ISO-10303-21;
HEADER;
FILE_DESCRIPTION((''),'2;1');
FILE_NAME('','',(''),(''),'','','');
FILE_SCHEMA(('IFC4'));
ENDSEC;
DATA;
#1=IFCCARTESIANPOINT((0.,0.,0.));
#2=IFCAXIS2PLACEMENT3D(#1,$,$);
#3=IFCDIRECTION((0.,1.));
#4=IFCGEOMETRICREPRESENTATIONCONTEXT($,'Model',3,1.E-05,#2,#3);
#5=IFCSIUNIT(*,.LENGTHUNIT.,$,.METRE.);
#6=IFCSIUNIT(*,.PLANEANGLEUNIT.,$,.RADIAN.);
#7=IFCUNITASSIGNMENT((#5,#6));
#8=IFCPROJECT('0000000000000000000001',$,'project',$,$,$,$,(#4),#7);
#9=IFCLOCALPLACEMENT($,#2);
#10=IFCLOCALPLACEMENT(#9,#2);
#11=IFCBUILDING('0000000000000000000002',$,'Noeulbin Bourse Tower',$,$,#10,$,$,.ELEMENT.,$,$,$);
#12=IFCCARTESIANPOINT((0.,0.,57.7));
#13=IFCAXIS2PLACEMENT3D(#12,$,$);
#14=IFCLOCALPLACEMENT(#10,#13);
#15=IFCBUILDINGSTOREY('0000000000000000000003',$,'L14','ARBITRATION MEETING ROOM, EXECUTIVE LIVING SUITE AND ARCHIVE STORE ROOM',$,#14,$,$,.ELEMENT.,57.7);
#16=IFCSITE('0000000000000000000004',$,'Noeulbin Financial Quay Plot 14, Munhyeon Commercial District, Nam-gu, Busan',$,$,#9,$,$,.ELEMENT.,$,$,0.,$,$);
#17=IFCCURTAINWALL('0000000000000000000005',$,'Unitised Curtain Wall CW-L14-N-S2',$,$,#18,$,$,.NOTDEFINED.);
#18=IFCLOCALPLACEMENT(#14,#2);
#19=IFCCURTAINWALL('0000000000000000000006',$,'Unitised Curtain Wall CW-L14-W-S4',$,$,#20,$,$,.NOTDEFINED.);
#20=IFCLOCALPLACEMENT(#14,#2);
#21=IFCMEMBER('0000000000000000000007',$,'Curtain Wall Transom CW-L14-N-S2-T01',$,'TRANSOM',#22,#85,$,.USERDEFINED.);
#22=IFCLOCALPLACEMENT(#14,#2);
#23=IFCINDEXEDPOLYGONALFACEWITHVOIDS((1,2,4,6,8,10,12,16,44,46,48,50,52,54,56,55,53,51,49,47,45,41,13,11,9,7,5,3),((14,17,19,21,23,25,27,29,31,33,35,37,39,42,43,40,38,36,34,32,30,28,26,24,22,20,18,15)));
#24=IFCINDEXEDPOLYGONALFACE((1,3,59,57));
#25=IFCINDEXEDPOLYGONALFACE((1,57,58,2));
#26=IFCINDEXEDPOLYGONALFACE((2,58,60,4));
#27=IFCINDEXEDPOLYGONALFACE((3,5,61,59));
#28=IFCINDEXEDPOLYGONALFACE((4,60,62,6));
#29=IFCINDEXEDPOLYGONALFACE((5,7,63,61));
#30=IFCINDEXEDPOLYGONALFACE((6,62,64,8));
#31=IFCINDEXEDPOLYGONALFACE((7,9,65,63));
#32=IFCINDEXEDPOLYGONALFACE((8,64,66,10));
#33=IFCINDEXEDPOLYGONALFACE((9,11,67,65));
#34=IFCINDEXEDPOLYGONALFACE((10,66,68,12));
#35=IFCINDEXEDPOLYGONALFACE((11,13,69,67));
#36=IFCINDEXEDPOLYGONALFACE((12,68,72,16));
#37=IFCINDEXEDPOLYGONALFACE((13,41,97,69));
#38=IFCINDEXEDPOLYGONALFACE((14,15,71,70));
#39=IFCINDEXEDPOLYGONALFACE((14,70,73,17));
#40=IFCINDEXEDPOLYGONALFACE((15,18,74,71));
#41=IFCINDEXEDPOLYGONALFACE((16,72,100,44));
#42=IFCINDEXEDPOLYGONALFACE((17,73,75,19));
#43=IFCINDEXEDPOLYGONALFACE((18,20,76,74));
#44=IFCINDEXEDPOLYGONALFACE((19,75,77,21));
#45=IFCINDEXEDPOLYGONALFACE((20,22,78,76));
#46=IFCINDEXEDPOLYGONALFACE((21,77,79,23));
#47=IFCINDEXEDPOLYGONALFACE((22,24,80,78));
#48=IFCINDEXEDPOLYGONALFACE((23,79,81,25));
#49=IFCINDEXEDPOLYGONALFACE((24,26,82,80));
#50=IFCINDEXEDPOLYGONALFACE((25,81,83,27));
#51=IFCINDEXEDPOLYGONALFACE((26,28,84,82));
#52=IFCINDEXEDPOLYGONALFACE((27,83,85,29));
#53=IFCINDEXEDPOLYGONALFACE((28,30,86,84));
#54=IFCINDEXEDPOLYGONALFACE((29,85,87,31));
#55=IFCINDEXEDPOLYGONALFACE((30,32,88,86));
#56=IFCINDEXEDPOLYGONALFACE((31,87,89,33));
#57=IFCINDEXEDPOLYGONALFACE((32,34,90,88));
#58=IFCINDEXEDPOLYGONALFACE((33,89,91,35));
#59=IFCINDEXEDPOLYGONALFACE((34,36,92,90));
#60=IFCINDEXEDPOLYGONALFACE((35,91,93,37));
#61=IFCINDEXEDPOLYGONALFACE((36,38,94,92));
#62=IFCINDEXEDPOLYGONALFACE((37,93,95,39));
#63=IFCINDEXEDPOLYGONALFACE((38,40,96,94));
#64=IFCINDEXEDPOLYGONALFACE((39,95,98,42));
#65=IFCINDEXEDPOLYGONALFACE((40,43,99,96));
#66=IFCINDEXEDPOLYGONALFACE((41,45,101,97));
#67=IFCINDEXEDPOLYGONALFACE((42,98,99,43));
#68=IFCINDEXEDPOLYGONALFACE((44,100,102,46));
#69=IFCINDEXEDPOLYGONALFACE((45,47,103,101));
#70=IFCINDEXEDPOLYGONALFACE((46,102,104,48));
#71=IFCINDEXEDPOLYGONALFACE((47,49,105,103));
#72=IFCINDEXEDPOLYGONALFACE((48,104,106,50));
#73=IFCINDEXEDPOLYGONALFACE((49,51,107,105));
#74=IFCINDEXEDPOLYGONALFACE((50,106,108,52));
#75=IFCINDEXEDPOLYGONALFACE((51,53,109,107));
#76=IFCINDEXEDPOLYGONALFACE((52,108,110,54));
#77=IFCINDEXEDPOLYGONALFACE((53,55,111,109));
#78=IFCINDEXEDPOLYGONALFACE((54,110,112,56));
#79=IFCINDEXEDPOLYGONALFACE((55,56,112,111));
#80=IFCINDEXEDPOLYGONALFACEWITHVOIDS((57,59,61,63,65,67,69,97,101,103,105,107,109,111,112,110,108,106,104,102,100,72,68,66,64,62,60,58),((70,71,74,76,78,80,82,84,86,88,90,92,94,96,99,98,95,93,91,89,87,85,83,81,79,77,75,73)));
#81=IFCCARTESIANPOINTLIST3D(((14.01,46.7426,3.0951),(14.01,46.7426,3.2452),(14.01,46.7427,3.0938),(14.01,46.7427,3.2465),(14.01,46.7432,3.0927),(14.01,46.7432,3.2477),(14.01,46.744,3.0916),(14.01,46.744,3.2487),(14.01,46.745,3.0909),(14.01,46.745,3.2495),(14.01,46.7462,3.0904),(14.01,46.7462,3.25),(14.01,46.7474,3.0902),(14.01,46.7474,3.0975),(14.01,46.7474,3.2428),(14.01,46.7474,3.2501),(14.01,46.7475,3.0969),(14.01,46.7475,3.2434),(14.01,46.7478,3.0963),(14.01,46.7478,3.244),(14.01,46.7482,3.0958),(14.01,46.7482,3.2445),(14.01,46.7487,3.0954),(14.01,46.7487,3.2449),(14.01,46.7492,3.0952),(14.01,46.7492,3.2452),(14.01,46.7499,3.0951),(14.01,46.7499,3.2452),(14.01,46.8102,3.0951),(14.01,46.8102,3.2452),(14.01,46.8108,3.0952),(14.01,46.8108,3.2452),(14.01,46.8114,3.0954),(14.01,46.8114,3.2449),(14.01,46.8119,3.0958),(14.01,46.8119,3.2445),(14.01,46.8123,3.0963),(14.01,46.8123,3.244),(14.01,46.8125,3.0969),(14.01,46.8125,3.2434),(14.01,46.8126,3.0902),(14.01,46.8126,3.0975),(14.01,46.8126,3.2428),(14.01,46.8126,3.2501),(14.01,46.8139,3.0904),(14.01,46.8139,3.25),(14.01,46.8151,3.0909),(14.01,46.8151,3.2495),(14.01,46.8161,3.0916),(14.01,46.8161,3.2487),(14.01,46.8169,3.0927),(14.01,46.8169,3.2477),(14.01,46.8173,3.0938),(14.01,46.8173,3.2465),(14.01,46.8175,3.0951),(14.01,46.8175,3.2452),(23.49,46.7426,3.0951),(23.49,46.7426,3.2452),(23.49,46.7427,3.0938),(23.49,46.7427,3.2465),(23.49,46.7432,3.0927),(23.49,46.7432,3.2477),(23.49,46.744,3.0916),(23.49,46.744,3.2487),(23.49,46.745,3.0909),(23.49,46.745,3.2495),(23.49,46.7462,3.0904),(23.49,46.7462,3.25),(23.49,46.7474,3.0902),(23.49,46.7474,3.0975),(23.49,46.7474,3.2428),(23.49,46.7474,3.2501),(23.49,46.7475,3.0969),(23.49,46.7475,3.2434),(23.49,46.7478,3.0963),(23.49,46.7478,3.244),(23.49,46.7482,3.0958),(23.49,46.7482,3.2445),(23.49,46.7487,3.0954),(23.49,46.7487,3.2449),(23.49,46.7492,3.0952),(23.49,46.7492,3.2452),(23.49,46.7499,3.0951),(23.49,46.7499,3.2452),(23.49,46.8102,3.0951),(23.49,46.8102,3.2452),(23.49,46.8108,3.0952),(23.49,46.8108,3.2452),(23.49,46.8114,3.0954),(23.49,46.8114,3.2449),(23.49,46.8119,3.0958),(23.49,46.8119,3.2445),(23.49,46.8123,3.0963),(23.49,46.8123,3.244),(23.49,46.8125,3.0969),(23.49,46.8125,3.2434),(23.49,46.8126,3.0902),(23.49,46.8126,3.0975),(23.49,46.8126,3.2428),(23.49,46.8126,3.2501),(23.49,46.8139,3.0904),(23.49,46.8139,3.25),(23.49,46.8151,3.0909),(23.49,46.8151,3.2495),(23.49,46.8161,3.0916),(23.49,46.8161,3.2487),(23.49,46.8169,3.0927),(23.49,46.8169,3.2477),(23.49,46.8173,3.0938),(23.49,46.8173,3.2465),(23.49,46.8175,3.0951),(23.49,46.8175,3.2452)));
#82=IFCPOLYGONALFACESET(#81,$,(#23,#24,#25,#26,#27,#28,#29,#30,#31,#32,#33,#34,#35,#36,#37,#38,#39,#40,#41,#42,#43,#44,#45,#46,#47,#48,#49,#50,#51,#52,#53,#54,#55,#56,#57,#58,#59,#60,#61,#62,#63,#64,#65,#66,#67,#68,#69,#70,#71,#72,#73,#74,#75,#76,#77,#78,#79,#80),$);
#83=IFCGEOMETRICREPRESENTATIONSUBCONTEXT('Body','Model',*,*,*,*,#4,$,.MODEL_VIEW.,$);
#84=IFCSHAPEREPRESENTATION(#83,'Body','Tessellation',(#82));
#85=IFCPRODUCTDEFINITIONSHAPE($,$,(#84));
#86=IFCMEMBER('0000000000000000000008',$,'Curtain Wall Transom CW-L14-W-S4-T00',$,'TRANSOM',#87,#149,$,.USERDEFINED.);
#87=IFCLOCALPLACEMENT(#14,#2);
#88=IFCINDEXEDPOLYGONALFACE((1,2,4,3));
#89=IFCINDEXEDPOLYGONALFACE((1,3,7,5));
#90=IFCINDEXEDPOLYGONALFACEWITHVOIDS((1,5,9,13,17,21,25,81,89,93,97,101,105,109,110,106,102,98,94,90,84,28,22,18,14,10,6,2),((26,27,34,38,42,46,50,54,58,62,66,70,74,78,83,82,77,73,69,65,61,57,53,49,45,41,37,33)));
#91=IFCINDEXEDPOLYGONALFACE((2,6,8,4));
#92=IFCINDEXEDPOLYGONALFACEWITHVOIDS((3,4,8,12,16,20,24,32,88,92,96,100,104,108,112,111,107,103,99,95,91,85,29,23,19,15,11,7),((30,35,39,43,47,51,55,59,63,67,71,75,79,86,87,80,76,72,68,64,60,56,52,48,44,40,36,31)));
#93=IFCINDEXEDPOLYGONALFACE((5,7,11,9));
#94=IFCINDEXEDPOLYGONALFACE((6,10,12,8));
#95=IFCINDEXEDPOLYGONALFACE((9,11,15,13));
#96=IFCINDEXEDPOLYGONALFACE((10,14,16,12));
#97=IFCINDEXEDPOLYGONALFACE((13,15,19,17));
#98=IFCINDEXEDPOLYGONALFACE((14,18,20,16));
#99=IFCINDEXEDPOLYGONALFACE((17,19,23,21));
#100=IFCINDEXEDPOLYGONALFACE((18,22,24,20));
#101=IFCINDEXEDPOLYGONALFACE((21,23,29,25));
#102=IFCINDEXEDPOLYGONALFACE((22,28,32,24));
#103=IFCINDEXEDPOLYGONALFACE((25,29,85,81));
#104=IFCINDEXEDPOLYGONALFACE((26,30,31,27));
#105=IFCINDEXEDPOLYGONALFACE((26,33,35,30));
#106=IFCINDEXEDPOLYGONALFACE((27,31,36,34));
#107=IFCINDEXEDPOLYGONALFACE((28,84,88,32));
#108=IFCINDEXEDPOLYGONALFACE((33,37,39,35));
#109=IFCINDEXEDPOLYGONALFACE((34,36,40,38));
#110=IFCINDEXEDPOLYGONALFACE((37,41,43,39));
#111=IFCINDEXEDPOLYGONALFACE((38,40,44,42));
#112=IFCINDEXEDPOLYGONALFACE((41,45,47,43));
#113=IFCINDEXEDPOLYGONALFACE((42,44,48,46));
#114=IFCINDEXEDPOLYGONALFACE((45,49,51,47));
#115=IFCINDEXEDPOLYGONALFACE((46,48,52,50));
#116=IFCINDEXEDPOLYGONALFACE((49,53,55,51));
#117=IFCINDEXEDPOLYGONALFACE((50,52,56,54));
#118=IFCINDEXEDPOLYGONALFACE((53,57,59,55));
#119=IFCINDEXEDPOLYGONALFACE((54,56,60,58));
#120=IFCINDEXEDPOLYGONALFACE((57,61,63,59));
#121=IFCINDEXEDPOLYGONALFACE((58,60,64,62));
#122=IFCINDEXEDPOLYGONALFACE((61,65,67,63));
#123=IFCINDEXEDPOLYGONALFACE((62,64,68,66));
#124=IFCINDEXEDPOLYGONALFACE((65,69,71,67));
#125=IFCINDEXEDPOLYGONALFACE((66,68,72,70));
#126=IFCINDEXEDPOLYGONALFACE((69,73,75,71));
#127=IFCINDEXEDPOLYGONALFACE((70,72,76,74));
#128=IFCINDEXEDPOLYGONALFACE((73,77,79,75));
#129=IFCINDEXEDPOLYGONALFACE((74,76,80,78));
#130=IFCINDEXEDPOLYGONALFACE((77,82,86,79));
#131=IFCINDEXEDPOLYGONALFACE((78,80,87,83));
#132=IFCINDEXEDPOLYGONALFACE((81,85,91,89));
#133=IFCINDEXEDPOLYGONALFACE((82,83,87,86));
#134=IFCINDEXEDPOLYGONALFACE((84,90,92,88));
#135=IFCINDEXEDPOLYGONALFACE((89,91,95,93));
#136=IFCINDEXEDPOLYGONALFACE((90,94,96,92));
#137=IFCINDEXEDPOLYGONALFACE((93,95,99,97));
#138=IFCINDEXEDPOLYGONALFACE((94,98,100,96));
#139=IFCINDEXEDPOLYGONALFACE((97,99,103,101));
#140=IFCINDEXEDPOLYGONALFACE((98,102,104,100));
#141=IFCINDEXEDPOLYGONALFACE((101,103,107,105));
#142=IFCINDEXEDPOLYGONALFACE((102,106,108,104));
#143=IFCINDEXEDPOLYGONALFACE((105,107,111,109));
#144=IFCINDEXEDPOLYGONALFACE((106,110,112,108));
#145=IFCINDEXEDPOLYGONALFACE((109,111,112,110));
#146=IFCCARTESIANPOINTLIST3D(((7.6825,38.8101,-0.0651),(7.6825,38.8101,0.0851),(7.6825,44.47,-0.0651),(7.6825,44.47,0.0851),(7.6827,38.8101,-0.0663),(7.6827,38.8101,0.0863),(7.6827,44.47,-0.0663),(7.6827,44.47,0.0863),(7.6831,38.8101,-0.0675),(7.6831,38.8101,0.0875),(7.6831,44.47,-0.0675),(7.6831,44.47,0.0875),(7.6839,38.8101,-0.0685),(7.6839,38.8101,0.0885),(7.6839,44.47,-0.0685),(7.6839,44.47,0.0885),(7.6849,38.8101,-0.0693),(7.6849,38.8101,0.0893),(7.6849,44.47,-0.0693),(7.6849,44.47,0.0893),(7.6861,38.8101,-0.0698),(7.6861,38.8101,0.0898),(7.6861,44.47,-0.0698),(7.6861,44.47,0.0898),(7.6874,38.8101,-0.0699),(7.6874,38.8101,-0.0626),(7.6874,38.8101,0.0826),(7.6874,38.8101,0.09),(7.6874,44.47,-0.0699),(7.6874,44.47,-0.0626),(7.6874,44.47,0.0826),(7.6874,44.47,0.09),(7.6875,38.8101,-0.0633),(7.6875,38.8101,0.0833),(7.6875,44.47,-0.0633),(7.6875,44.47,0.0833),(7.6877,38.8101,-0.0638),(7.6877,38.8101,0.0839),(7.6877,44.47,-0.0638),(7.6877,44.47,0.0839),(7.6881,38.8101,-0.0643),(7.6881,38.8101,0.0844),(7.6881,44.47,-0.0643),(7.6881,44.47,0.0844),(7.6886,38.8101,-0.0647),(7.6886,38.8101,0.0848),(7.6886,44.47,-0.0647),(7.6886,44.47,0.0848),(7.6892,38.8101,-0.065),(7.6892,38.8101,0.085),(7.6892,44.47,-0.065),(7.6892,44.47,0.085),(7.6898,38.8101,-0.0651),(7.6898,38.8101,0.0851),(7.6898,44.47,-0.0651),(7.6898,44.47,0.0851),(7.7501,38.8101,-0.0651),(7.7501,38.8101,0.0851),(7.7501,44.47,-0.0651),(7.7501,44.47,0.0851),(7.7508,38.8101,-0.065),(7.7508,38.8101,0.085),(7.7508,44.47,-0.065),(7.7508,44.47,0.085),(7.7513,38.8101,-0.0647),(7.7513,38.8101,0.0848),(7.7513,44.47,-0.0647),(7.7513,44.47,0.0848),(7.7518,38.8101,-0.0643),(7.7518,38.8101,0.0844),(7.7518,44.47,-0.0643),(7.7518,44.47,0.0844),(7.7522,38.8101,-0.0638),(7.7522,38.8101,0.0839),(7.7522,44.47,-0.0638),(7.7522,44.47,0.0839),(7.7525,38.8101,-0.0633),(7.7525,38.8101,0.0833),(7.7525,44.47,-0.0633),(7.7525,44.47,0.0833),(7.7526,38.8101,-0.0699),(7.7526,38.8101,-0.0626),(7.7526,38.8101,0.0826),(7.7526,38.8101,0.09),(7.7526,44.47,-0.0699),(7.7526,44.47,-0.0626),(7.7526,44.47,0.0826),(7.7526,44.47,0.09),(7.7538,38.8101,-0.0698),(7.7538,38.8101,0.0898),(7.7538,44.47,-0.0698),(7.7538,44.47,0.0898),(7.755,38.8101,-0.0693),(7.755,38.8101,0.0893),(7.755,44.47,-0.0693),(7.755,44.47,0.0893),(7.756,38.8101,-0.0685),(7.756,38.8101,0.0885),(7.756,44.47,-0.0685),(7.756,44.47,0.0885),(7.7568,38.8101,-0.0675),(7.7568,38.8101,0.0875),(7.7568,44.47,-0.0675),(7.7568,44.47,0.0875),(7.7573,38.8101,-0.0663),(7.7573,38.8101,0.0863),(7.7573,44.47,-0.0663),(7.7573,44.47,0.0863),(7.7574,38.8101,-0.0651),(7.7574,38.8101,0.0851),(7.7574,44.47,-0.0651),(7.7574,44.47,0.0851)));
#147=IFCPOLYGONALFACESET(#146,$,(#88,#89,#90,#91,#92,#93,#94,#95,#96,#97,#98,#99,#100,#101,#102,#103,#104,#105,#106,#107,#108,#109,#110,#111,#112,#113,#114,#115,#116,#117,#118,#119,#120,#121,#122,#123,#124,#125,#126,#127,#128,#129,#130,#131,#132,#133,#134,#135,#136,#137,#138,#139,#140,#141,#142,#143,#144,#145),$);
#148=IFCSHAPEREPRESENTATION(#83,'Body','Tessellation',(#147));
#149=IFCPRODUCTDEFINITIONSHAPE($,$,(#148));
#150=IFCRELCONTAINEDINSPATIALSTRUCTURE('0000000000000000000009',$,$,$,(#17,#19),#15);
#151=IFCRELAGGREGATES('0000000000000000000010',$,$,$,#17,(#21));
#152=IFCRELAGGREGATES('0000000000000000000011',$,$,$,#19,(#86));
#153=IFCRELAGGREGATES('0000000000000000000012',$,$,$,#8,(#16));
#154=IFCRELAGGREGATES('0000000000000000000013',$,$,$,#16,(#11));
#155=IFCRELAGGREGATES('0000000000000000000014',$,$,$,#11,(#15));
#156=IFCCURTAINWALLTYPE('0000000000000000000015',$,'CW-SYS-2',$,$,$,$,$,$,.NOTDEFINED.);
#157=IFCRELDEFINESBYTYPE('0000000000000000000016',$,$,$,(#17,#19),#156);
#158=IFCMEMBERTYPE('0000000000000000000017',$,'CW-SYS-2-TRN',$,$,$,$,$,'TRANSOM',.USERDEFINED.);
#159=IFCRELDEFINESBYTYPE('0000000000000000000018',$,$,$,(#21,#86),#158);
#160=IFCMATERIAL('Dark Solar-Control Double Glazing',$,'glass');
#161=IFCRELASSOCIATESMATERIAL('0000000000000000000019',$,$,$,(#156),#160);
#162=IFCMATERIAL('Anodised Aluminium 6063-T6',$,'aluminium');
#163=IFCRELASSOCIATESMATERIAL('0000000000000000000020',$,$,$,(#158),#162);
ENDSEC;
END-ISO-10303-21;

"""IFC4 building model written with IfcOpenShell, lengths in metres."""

from ifc_helpers import new_model, si_unit, direction, frame, origin, origin_2d, place, context, subcontext, project, spatial, hollow_rectangle, extrude, material, material_profile, profile_set, type_object, element, aggregate, save


model = new_model("IFC4")

# Units and contexts
model_context = context("Model", 3, precision=1e-05, world=origin(), true_north=direction((0.0, 1.0)))
body_context = subcontext(model_context, "Body", "Model", "MODEL_VIEW")
ifc_project = project(units=[si_unit("LENGTHUNIT", "METRE"), si_unit("PLANEANGLEUNIT", "RADIAN")], contexts=[model_context])

# Site, building, storey
site_placement = place(None, origin())
site = spatial("IfcSite", under=ifc_project, at=site_placement, Name="Noeulbin Financial Quay Plot 14, Munhyeon Commercial District, Nam-gu, Busan", CompositionType="ELEMENT", RefElevation=0.0)
building_placement = place(site_placement, origin())
building = spatial("IfcBuilding", under=site, at=building_placement, Name="Noeulbin Bourse Tower", CompositionType="ELEMENT")
storey_placement = place(building_placement, frame((0.0, 0.0, 57.7)))
storey = spatial("IfcBuildingStorey", under=building, at=storey_placement, Name="L14", Description="ARBITRATION MEETING ROOM, EXECUTIVE LIVING SUITE AND ARCHIVE STORE ROOM", CompositionType="ELEMENT", Elevation=57.7)

# Shared definitions
ifc_material_1 = material(Name="Dark Solar-Control Double Glazing", Category="glass")
curtain_wall_type = type_object("IfcCurtainWallType", Name="CW-SYS-2", PredefinedType="NOTDEFINED", material=ifc_material_1)
ifc_material_2 = material(Name="Anodised Aluminium 6063-T6", Category="aluminium")

# Curtain wall
curtain_wall_1_placement = place(storey_placement, origin())
curtain_wall_1 = element("IfcCurtainWall", 1, at=curtain_wall_1_placement, inside=storey, type_object=curtain_wall_type, Name="Unitised Curtain Wall CW-L14-N-S2", PredefinedType="NOTDEFINED")

# Curtain wall
curtain_wall_2_placement = place(storey_placement, origin())
curtain_wall_2 = element("IfcCurtainWall", 2, at=curtain_wall_2_placement, inside=storey, type_object=curtain_wall_type, Name="Unitised Curtain Wall CW-L14-W-S4", PredefinedType="NOTDEFINED")

# Members
ifc_material_profile_1 = material_profile(ifc_material_2, hollow_rectangle(XDim=0.075, YDim=0.1599, WallThickness=0.0049, InnerFilletRadius=0.0024, OuterFilletRadius=0.0049, at=origin_2d()), Name="ALU-TRAN-75x160x5", Category="LoadBearing")
ifc_profile_set_1 = profile_set([ifc_material_profile_1], Name="Anodised Aluminium 6063-T6")
member_type_1 = type_object("IfcMemberType", Name="CW-SYS-2-TRN", ElementType="TRANSOM", PredefinedType="USERDEFINED", material=ifc_profile_set_1)
member_1_placement = place(storey_placement, frame((14.01, 46.78, 3.1702), z_axis=(1.0, 0.0, 0.0), x_axis=(0.0, 1.0, 0.0)))
member_1 = element("IfcMember", 3, at=member_1_placement, type_object=member_type_1, Name="Curtain Wall Transom CW-L14-N-S2-T01", ObjectType="TRANSOM", PredefinedType="USERDEFINED", context=body_context, shape_type="SweptSolid", body=[
    extrude(hollow_rectangle(XDim=0.075, YDim=0.1599, WallThickness=0.0049, InnerFilletRadius=0.0024, OuterFilletRadius=0.0049, at=origin_2d()), origin(), (0.0, 0.0, 1.0), 9.48),
])
aggregate(curtain_wall_1, [member_1])
member_2_placement = place(storey_placement, frame((7.72, 38.8101, 0.01), z_axis=(0.0, 1.0, 0.0), x_axis=(-1.0, 0.0, 0.0)))
member_2 = element("IfcMember", 4, at=member_2_placement, type_object=member_type_1, Name="Curtain Wall Transom CW-L14-W-S4-T00", ObjectType="TRANSOM", PredefinedType="USERDEFINED", context=body_context, shape_type="SweptSolid", body=[
    extrude(hollow_rectangle(XDim=0.075, YDim=0.1599, WallThickness=0.0049, InnerFilletRadius=0.0024, OuterFilletRadius=0.0049, at=origin_2d()), origin(), (0.0, 0.0, 1.0), 5.6599),
])

aggregate(curtain_wall_2, [member_2])

save(model, "model.ifc")
